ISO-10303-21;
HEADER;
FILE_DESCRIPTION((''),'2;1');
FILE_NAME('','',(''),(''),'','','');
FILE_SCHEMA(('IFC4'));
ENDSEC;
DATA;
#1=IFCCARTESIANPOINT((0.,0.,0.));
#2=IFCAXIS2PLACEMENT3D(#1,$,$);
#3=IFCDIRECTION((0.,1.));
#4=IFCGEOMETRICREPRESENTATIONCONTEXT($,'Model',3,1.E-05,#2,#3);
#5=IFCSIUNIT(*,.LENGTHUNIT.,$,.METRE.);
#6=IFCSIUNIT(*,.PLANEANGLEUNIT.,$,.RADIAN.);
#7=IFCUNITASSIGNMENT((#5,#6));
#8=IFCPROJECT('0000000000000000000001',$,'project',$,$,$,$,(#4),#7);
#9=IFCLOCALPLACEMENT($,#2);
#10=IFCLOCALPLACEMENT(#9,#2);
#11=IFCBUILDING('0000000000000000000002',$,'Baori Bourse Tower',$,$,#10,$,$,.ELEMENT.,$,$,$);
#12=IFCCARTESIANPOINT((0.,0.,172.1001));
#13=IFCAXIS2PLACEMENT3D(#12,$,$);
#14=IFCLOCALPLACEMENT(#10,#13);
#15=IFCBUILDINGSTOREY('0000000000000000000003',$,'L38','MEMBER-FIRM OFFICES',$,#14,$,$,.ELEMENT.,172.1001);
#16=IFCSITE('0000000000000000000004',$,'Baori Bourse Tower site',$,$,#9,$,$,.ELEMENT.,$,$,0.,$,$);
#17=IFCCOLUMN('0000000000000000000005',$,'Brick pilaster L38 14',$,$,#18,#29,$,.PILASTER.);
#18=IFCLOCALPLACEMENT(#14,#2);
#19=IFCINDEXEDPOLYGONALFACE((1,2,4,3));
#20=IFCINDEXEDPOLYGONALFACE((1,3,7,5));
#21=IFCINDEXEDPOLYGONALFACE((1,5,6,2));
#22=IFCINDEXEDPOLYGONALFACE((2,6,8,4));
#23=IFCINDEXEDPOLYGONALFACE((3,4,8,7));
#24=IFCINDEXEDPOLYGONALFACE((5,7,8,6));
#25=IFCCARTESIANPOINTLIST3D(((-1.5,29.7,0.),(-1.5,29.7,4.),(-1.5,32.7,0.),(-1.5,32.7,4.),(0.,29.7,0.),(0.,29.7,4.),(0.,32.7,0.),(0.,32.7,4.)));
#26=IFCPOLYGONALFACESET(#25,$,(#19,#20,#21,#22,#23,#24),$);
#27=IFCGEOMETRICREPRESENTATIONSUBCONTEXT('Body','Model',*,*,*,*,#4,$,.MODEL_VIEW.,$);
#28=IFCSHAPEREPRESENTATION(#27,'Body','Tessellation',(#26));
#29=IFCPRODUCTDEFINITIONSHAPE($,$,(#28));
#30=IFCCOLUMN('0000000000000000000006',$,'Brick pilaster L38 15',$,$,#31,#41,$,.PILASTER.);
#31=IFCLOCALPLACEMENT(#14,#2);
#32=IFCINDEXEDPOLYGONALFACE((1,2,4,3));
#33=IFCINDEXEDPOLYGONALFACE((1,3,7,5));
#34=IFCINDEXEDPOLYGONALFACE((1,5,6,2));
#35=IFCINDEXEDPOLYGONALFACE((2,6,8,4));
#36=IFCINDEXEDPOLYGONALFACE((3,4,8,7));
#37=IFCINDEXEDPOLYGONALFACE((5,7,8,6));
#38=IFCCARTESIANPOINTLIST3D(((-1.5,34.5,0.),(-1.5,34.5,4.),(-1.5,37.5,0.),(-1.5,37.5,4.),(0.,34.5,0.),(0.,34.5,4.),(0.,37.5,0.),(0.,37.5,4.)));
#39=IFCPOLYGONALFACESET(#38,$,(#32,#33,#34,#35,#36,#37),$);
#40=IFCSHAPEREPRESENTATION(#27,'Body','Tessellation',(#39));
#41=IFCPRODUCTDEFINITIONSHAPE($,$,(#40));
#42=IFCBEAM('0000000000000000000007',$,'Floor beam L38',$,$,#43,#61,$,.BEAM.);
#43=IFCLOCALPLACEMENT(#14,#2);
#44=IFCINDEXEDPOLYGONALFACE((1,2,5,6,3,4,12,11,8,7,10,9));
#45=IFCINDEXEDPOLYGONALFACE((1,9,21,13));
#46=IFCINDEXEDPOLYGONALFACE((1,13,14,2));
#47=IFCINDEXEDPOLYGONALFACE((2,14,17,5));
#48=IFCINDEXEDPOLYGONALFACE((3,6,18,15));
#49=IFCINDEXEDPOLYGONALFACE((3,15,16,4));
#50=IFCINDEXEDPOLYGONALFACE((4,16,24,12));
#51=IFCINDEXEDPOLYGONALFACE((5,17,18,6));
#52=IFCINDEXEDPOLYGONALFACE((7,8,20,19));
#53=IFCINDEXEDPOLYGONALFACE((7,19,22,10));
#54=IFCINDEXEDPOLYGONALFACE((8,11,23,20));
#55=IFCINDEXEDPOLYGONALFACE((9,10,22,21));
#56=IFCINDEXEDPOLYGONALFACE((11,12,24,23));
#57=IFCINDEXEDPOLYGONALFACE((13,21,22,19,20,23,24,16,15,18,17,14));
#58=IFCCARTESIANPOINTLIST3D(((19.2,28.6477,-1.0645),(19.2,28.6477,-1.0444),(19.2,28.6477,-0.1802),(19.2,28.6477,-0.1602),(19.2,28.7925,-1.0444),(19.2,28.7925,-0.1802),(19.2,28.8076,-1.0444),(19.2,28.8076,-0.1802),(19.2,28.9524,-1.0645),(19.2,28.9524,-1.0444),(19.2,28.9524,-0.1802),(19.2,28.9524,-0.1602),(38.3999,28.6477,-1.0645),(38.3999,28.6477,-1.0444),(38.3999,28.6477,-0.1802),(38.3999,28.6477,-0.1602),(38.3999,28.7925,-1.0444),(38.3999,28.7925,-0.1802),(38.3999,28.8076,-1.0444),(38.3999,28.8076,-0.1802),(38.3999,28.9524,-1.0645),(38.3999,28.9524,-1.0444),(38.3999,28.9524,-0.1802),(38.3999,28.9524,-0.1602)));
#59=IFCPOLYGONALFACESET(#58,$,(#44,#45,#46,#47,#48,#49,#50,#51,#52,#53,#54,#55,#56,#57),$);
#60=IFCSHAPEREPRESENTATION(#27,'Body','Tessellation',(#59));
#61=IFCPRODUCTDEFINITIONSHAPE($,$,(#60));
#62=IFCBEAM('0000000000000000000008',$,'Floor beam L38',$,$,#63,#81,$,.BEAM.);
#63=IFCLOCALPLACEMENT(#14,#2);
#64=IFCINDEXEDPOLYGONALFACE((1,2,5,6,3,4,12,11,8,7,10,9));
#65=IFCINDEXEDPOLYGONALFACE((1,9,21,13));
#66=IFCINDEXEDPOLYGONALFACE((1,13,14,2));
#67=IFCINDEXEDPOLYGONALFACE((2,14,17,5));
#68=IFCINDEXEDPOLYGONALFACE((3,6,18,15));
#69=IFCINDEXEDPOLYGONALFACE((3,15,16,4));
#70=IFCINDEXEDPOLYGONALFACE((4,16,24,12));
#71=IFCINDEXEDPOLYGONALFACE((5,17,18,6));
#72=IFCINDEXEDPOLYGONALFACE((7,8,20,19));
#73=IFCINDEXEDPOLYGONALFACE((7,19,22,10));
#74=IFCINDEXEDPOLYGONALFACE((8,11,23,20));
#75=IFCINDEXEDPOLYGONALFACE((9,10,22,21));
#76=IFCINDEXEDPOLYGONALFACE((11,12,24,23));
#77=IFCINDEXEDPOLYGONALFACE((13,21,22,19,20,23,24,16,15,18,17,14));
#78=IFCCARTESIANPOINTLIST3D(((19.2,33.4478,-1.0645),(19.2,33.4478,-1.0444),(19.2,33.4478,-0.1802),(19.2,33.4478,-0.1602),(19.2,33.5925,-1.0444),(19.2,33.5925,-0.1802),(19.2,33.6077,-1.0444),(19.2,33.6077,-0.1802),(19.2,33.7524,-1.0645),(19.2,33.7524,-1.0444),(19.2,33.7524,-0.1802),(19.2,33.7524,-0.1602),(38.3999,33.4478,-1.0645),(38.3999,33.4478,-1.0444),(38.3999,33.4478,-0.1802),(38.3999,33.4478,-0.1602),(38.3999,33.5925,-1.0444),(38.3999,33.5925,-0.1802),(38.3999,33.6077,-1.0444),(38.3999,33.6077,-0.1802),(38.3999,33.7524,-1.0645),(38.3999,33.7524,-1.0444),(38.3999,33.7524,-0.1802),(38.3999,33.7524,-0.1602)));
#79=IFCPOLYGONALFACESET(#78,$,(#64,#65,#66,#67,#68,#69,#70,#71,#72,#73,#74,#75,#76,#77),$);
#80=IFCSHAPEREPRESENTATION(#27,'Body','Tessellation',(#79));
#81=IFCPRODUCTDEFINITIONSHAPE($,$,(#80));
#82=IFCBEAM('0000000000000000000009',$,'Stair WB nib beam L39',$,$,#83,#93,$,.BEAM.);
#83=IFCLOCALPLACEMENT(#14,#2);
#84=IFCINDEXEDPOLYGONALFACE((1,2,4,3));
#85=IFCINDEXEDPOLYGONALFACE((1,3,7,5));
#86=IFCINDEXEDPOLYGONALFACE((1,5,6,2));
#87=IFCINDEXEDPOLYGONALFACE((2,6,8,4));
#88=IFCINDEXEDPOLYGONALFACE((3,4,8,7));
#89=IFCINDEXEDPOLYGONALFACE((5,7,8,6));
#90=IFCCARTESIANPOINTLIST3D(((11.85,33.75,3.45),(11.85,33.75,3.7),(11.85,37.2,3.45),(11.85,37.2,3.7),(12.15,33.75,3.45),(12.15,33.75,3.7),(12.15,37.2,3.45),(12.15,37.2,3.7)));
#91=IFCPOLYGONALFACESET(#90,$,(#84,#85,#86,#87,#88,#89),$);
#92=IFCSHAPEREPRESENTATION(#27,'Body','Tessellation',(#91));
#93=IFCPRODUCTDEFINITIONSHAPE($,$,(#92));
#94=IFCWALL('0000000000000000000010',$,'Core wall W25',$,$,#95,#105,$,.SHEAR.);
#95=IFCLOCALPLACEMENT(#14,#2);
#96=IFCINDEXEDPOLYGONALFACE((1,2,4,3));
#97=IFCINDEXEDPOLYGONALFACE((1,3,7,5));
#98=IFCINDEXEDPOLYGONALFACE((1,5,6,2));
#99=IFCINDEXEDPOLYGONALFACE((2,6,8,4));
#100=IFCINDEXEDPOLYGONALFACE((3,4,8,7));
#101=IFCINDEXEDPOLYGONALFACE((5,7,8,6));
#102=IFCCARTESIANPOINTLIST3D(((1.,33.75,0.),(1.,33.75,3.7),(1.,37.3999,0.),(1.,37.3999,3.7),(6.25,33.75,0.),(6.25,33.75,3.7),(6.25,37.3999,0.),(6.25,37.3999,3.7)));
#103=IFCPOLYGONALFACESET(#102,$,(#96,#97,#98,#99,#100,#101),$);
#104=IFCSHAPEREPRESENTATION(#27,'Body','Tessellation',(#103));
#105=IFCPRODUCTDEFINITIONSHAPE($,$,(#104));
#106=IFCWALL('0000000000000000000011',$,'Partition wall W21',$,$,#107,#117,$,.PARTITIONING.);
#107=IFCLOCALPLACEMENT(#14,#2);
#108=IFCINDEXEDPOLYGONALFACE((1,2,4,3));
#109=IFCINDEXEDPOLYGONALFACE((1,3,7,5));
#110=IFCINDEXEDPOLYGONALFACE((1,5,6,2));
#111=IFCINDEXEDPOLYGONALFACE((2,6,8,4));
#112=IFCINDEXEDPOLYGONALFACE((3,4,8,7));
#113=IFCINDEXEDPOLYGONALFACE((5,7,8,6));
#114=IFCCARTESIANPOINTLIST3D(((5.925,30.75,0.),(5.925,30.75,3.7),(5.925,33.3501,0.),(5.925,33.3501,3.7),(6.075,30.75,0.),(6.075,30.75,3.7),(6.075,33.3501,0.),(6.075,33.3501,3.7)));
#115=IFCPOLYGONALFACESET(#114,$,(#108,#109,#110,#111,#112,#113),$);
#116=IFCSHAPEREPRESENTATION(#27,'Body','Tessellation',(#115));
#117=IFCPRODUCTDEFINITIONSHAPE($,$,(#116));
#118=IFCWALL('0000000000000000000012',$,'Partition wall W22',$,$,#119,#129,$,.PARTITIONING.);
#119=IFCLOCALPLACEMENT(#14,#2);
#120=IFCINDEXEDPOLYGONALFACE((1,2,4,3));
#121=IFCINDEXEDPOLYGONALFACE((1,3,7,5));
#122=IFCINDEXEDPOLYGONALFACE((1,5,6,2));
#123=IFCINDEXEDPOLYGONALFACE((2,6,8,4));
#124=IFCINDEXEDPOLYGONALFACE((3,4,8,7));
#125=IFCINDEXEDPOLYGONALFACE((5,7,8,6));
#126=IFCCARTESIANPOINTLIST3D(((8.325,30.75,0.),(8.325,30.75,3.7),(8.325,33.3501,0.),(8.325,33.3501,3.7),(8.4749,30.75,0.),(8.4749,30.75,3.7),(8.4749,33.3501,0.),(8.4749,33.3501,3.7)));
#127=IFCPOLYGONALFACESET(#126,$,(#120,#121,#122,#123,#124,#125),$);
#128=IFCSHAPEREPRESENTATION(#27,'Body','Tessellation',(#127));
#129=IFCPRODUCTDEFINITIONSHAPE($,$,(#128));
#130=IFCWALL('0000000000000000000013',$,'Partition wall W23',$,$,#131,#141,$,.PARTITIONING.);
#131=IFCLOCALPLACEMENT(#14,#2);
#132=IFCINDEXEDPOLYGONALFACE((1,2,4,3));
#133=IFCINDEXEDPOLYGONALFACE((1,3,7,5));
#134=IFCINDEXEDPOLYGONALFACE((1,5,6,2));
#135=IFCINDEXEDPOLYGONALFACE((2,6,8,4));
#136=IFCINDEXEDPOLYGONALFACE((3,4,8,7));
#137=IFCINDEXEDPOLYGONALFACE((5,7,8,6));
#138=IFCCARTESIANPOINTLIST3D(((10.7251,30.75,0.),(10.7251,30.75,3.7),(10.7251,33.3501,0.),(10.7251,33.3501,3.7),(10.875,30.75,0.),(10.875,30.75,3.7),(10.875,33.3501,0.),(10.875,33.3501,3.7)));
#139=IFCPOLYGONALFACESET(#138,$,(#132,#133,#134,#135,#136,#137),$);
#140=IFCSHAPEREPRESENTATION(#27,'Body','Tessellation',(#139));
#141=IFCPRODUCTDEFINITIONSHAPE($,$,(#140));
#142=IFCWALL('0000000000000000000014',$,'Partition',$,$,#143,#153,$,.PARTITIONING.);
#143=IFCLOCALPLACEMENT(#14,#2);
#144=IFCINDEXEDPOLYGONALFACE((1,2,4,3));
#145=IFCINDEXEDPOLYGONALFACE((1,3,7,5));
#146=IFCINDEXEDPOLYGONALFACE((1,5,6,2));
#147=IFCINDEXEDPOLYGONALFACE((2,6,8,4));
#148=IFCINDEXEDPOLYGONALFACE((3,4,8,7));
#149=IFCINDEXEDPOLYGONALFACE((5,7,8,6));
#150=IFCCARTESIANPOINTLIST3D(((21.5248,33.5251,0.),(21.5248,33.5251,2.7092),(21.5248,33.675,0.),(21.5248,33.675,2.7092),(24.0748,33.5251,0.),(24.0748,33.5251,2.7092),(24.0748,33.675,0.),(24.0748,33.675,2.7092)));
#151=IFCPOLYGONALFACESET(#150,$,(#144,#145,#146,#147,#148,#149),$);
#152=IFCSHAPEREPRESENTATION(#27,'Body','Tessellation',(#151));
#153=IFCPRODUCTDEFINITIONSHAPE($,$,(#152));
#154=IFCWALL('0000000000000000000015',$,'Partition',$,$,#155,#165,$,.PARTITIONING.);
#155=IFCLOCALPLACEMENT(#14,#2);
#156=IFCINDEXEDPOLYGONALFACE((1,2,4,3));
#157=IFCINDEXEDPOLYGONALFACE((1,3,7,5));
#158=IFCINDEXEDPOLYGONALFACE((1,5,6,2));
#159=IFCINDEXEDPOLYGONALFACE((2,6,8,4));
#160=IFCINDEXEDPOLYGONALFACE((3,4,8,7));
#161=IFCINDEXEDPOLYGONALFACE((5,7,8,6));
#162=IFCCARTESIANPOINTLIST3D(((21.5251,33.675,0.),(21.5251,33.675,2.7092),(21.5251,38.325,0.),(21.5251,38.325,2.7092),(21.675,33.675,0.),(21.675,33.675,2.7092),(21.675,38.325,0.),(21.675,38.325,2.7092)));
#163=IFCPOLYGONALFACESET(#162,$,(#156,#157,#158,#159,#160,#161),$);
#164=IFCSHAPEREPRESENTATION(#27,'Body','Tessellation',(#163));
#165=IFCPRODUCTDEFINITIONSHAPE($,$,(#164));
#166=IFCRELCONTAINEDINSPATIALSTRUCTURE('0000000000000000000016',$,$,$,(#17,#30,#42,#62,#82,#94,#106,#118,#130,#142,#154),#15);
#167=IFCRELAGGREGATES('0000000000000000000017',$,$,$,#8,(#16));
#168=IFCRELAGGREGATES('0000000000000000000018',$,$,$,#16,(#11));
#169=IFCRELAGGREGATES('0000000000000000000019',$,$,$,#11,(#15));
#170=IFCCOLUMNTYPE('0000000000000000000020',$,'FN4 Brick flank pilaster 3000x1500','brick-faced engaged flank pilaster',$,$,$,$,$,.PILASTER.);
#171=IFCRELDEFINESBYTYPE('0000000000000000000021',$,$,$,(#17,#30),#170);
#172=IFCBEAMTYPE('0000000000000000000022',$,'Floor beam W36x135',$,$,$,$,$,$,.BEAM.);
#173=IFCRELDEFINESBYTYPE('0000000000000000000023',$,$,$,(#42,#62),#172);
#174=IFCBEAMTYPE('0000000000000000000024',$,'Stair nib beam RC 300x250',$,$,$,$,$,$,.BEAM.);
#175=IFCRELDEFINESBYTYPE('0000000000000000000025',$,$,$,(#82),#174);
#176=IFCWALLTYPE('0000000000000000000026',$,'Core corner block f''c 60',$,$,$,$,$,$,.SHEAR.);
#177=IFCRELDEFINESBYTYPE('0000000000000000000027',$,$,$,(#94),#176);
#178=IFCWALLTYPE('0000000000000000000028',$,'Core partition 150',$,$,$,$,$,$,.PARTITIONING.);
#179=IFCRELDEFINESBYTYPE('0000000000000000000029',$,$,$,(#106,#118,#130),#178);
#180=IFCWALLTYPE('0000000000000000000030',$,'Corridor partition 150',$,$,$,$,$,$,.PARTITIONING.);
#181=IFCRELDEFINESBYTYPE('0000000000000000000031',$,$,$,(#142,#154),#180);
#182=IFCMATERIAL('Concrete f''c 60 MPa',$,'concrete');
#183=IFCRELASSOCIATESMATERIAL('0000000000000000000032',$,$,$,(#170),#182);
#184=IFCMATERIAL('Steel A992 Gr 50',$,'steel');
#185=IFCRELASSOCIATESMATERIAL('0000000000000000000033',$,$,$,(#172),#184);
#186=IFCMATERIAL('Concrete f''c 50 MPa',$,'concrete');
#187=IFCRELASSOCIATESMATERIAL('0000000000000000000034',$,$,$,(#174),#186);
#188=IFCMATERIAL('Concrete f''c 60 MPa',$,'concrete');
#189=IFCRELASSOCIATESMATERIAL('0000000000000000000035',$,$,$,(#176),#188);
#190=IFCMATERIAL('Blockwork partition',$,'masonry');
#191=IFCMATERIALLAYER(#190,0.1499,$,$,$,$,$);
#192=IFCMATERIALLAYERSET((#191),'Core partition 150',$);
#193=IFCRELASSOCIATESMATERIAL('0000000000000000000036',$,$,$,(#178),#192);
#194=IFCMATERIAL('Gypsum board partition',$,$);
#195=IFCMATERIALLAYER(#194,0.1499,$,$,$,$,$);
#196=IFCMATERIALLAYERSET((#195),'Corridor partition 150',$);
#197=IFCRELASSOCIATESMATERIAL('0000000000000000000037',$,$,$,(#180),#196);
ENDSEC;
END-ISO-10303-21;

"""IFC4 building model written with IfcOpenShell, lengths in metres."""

from ifc_helpers import new_model, si_unit, direction, frame, frame_2d, origin, origin_2d, place, context, subcontext, project, spatial, rectangle, i_section, extrude, material, layer, layer_set, material_profile, profile_set, type_object, element, save


model = new_model("IFC4")

# Units and contexts
model_context = context("Model", 3, precision=1e-05, world=origin(), true_north=direction((0.0, 1.0)))
body_context = subcontext(model_context, "Body", "Model", "MODEL_VIEW")
ifc_project = project(units=[si_unit("LENGTHUNIT", "METRE"), si_unit("PLANEANGLEUNIT", "RADIAN")], contexts=[model_context])

# Site, building, storey
site_placement = place(None, origin())
site = spatial("IfcSite", under=ifc_project, at=site_placement, Name="Baori Bourse Tower site", CompositionType="ELEMENT", RefElevation=0.0)
building_placement = place(site_placement, origin())
building = spatial("IfcBuilding", under=site, at=building_placement, Name="Baori Bourse Tower", CompositionType="ELEMENT")
storey_placement = place(building_placement, frame((0.0, 0.0, 172.1001)))
storey = spatial("IfcBuildingStorey", under=building, at=storey_placement, Name="L38", Description="MEMBER-FIRM OFFICES", CompositionType="ELEMENT", Elevation=172.1001)

# Columns
ifc_material_1 = material(Name="Concrete f'c 60 MPa", Category="concrete")
ifc_material_profile_1 = material_profile(ifc_material_1, rectangle(XDim=3.0, YDim=1.5, at=origin_2d()), Name="RC 3000x1500")
ifc_profile_set_1 = profile_set([ifc_material_profile_1], Name="Concrete f'c 60 MPa")
column_type = type_object("IfcColumnType", Name="FN4 Brick flank pilaster 3000x1500", Description="brick-faced engaged flank pilaster", PredefinedType="PILASTER", material=ifc_profile_set_1)
for number, where, z_axis, x_axis, name in (
    (1, (-0.75, 31.2, 0.0), (0.0, 0.0, 1.0), (0.0, 1.0, 0.0), "Brick pilaster L38 14"),
    (2, (-0.75, 36.0, 0.0), (0.0, 0.0, 1.0), (0.0, 1.0, 0.0), "Brick pilaster L38 15"),
):
    element("IfcColumn", number, at=place(storey_placement, frame(where, z_axis=z_axis, x_axis=x_axis)), inside=storey, type_object=column_type, Name=name, PredefinedType="PILASTER", context=body_context, shape_type="SweptSolid", body=[
        extrude(rectangle(XDim=3.0, YDim=1.5, at=origin_2d()), origin(), (0.0, 0.0, 1.0), 4.0),
    ])

# Beams
ifc_material_2 = material(Name="Steel A992 Gr 50", Category="steel")
ifc_material_profile_2 = material_profile(ifc_material_2, i_section(OverallWidth=0.3047, OverallDepth=0.9043, WebThickness=0.0151, FlangeThickness=0.02, at=origin_2d()), Name="W36x135")
ifc_profile_set_2 = profile_set([ifc_material_profile_2], Name="Steel A992 Gr 50")
beam_type_1 = type_object("IfcBeamType", Name="Floor beam W36x135", PredefinedType="BEAM", material=ifc_profile_set_2)
for number, where, z_axis, x_axis, name in (
    (3, (19.2, 28.8, -0.6123), (1.0, 0.0, 0.0), (0.0, 1.0, 0.0), "Floor beam L38"),
    (4, (19.2, 33.6001, -0.6123), (1.0, 0.0, 0.0), (0.0, 1.0, 0.0), "Floor beam L38"),
):
    element("IfcBeam", number, at=place(storey_placement, frame(where, z_axis=z_axis, x_axis=x_axis)), inside=storey, type_object=beam_type_1, Name=name, PredefinedType="BEAM", context=body_context, shape_type="SweptSolid", body=[
        extrude(i_section(OverallWidth=0.3047, OverallDepth=0.9043, WebThickness=0.0151, FlangeThickness=0.02, at=origin_2d()), origin(), (0.0, 0.0, 1.0), 19.2),
    ])
ifc_material_3 = material(Name="Concrete f'c 50 MPa", Category="concrete")
ifc_material_profile_3 = material_profile(ifc_material_3, rectangle(XDim=0.3, YDim=0.25, at=origin_2d()), Name="RC 300x250")
ifc_profile_set_3 = profile_set([ifc_material_profile_3], Name="Concrete f'c 50 MPa")
beam_type_2 = type_object("IfcBeamType", Name="Stair nib beam RC 300x250", PredefinedType="BEAM", material=ifc_profile_set_3)
beam_placement = place(storey_placement, frame((12.0, 33.75, 3.575), z_axis=(0.0, 1.0, 0.0), x_axis=(-1.0, 0.0, 0.0)))
element("IfcBeam", 5, at=beam_placement, inside=storey, type_object=beam_type_2, Name="Stair WB nib beam L39", PredefinedType="BEAM", context=body_context, shape_type="SweptSolid", body=[
    extrude(rectangle(XDim=0.3, YDim=0.25, at=origin_2d()), origin(), (0.0, 0.0, 1.0), 3.45),
])

# Walls
ifc_material_4 = material(Name="Concrete f'c 60 MPa", Category="concrete")
wall_type_1 = type_object("IfcWallType", Name="Core corner block f'c 60", PredefinedType="SHEAR", material=ifc_material_4)
wall_1_placement = place(storey_placement, frame((1.0, 35.575, 0.0), z_axis=(0.0, 0.0, 1.0), x_axis=(1.0, 0.0, 0.0)))
element("IfcWall", 6, at=wall_1_placement, inside=storey, type_object=wall_type_1, Name="Core wall W25", PredefinedType="SHEAR", context=body_context, shape_type="SweptSolid", body=[
    extrude(rectangle(XDim=5.25, YDim=3.6499, at=frame_2d((2.625, 0.0))), origin(), (0.0, 0.0, 1.0), 3.7),
])
ifc_material_5 = material(Name="Blockwork partition", Category="masonry")
ifc_layer_1 = layer(ifc_material_5, 0.1499)
ifc_layer_set_1 = layer_set([ifc_layer_1], Name="Core partition 150")
wall_type_2 = type_object("IfcWallType", Name="Core partition 150", PredefinedType="PARTITIONING", material=ifc_layer_set_1)
for number, where, z_axis, x_axis, name in (
    (7, (6.0, 30.75, 0.0), (0.0, 0.0, 1.0), (0.0, 1.0, 0.0), "Partition wall W21"),
    (8, (8.3999, 30.75, 0.0), (0.0, 0.0, 1.0), (0.0, 1.0, 0.0), "Partition wall W22"),
    (9, (10.8, 30.75, 0.0), (0.0, 0.0, 1.0), (0.0, 1.0, 0.0), "Partition wall W23"),
):
    element("IfcWall", number, at=place(storey_placement, frame(where, z_axis=z_axis, x_axis=x_axis)), inside=storey, type_object=wall_type_2, Name=name, PredefinedType="PARTITIONING", context=body_context, shape_type="SweptSolid", body=[
        extrude(rectangle(XDim=2.6001, YDim=0.1499, at=frame_2d((1.3, 0.0))), origin(), (0.0, 0.0, 1.0), 3.7),
    ])
ifc_material_6 = material(Name="Gypsum board partition")
ifc_layer_2 = layer(ifc_material_6, 0.1499)
ifc_layer_set_2 = layer_set([ifc_layer_2], Name="Corridor partition 150")
wall_type_3 = type_object("IfcWallType", Name="Corridor partition 150", PredefinedType="PARTITIONING", material=ifc_layer_set_2)
wall_2_placement = place(storey_placement, frame((21.5249, 33.6001, 0.0), z_axis=(0.0, 0.0, 1.0), x_axis=(1.0, 0.0, 0.0)))
element("IfcWall", 10, at=wall_2_placement, inside=storey, type_object=wall_type_3, Name="Partition", PredefinedType="PARTITIONING", context=body_context, shape_type="SweptSolid", body=[
    extrude(rectangle(XDim=2.55, YDim=0.1499, at=frame_2d((1.2749, 0.0))), origin(), (0.0, 0.0, 1.0), 2.7092),
])
wall_3_placement = place(storey_placement, frame((21.6001, 33.675, 0.0), z_axis=(0.0, 0.0, 1.0), x_axis=(0.0, 1.0, 0.0)))
element("IfcWall", 11, at=wall_3_placement, inside=storey, type_object=wall_type_3, Name="Partition", PredefinedType="PARTITIONING", context=body_context, shape_type="SweptSolid", body=[
    extrude(rectangle(XDim=4.6499, YDim=0.1499, at=frame_2d((2.325, 0.0))), origin(), (0.0, 0.0, 1.0), 2.7092),
])

save(model, "model.ifc")
